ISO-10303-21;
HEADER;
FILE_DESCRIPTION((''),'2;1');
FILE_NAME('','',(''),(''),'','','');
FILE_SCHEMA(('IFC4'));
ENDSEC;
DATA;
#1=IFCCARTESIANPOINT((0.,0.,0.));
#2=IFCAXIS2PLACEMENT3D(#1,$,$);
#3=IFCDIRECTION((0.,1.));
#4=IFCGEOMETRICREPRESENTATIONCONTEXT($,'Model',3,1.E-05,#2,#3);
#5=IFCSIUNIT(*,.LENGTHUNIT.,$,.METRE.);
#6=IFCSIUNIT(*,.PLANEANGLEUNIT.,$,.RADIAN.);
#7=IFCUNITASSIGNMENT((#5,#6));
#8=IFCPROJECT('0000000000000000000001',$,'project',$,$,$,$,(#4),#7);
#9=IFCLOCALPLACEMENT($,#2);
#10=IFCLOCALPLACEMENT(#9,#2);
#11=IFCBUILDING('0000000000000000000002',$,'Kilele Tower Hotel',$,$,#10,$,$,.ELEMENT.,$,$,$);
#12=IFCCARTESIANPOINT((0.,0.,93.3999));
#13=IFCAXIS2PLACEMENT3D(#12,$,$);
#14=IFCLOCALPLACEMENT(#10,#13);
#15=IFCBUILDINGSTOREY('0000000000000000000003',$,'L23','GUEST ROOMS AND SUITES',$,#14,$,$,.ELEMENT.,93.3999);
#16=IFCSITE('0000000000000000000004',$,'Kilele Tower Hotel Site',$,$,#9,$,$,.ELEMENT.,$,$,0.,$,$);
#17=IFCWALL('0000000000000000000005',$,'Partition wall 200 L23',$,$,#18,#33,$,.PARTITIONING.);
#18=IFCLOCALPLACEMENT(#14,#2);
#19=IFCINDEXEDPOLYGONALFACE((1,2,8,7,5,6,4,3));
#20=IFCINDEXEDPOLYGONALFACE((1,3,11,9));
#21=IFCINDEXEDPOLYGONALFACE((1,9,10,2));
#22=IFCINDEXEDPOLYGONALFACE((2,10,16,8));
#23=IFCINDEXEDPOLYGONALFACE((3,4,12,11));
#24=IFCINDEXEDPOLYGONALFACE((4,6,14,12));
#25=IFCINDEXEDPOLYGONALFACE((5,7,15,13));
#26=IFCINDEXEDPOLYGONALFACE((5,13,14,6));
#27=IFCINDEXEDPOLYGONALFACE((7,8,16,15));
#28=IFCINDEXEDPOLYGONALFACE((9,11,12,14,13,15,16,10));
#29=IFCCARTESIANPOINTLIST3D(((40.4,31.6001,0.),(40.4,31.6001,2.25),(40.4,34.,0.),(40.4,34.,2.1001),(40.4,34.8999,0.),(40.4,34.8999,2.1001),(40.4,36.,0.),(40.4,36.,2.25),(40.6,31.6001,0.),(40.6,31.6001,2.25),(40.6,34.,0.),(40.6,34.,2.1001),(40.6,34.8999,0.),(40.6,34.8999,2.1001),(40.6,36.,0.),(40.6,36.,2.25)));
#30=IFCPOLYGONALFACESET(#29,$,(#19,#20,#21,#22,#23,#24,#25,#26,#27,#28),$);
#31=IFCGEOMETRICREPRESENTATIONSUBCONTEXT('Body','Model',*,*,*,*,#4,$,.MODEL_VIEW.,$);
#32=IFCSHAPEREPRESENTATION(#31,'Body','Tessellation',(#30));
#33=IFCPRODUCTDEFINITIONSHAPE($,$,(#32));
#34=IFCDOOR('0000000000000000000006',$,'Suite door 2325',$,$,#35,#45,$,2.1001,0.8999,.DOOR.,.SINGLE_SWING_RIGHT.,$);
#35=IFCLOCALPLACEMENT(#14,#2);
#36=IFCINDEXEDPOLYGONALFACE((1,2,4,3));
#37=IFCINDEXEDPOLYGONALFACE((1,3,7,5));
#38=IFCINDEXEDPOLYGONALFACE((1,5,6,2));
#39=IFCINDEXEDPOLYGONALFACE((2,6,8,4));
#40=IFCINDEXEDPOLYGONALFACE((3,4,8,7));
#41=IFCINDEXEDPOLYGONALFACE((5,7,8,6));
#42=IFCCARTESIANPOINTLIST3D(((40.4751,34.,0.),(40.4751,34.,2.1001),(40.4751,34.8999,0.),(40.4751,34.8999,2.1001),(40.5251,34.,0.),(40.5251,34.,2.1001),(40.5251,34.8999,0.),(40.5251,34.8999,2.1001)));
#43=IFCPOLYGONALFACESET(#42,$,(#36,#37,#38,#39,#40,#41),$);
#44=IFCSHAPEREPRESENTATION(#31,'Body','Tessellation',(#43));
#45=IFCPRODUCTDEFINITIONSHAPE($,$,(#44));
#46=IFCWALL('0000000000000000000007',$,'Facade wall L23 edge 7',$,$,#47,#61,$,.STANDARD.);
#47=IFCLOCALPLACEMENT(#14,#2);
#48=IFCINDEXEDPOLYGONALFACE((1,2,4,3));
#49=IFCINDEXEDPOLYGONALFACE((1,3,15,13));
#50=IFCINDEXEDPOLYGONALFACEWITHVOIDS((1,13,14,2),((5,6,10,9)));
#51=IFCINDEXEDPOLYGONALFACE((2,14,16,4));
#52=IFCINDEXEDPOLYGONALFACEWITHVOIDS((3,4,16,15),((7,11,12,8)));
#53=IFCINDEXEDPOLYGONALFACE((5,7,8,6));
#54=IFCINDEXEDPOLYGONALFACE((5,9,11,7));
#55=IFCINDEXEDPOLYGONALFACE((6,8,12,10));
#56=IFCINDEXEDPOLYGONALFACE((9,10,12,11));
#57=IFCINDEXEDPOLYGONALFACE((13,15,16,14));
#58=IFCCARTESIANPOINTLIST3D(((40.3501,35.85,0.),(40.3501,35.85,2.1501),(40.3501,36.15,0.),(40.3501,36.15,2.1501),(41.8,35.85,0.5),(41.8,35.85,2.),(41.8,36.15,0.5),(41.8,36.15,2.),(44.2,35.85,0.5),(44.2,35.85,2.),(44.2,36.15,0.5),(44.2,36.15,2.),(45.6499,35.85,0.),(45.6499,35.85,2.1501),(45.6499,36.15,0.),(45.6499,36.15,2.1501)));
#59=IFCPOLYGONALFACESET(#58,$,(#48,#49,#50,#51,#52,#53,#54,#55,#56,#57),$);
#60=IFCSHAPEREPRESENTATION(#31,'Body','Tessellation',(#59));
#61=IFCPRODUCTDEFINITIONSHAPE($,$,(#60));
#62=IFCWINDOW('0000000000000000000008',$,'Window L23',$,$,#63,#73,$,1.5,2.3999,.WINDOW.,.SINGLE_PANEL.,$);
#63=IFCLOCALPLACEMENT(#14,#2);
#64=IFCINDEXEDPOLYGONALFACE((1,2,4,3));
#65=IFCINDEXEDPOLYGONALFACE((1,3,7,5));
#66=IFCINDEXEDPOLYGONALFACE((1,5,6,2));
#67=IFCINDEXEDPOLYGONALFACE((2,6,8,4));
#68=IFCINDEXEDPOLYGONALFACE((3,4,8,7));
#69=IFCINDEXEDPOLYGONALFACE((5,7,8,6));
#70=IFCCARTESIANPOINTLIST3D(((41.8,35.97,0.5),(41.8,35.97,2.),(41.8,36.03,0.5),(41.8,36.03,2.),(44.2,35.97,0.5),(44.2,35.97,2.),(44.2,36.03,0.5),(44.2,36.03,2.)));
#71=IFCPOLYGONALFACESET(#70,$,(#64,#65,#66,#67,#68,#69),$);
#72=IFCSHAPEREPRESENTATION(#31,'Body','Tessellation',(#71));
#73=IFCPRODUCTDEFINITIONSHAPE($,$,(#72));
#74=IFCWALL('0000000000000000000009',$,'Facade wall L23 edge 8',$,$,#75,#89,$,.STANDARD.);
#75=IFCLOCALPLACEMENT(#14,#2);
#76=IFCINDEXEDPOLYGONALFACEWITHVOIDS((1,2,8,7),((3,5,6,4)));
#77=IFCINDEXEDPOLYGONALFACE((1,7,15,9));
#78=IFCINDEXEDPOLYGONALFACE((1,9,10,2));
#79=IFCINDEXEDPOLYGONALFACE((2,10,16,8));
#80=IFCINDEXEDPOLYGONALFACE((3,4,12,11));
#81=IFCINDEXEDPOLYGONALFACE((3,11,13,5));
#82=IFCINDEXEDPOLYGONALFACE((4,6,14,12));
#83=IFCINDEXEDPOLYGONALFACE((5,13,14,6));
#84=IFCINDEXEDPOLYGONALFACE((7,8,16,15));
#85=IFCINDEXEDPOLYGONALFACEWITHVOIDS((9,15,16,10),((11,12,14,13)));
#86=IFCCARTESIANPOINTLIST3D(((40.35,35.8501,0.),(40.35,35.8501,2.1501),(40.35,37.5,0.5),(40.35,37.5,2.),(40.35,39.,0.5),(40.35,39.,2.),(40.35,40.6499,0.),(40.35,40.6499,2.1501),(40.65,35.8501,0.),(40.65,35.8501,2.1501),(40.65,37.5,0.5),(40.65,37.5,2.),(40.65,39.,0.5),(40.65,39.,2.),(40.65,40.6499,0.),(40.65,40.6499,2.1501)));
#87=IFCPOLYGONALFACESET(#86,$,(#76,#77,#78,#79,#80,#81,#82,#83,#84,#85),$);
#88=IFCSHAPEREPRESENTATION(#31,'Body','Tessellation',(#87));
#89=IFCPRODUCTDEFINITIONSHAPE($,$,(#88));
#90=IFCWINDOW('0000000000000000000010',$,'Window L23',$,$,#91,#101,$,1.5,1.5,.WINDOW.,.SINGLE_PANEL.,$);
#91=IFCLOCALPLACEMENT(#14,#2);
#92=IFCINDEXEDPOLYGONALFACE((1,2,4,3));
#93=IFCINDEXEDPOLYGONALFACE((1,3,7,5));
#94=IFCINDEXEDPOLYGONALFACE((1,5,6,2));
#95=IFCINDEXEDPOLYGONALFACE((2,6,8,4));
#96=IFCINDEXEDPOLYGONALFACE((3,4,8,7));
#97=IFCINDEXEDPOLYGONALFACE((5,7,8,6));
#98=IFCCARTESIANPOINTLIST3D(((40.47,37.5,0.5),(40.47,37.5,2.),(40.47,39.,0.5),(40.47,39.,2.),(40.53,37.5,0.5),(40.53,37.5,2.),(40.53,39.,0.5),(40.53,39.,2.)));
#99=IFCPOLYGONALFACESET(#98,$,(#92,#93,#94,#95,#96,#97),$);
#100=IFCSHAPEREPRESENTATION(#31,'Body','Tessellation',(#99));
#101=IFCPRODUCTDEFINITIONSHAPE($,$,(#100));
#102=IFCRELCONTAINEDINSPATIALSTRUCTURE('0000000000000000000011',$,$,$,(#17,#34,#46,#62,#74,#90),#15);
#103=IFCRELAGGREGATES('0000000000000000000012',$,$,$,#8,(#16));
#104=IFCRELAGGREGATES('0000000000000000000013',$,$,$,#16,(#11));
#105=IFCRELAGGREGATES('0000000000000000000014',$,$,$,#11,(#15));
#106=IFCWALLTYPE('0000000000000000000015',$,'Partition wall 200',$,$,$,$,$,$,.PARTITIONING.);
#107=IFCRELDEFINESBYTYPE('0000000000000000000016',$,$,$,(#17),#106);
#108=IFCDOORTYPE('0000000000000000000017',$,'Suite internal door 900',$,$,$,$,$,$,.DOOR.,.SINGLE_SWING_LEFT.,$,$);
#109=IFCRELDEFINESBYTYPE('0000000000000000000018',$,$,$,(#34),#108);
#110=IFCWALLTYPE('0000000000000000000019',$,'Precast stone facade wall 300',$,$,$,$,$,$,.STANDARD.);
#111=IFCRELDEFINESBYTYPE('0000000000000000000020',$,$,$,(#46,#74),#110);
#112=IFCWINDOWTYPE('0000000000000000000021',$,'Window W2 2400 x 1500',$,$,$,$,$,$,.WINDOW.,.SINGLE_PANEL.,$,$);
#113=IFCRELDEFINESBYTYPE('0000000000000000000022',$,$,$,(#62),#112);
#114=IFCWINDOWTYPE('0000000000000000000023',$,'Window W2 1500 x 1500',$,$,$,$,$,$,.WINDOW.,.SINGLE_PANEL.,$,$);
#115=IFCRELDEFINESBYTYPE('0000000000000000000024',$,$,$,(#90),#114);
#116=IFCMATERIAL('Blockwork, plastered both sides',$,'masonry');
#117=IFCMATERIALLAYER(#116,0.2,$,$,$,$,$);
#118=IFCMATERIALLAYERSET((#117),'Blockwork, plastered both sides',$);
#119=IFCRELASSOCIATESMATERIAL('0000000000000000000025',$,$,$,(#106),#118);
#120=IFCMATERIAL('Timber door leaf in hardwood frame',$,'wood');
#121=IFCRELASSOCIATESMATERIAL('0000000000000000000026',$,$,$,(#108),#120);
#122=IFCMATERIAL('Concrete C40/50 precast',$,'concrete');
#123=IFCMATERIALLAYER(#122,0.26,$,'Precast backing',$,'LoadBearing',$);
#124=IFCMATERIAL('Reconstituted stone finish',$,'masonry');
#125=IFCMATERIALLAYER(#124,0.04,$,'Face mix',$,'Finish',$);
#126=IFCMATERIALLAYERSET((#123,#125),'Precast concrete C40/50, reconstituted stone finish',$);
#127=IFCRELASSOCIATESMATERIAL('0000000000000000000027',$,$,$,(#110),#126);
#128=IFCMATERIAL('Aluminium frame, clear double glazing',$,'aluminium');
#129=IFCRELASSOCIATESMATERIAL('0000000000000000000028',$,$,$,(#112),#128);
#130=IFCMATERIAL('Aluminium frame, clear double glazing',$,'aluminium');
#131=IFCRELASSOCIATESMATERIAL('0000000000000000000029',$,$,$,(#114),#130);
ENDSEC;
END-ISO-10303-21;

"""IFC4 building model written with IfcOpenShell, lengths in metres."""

from ifc_helpers import new_model, si_unit, direction, frame, frame_2d, origin, place, context, subcontext, project, spatial, rectangle, extrude, material, layer, layer_set, type_object, element, fill, save


model = new_model("IFC4")

# Units and contexts
model_context = context("Model", 3, precision=1e-05, world=origin(), true_north=direction((0.0, 1.0)))
body_context = subcontext(model_context, "Body", "Model", "MODEL_VIEW")
ifc_project = project(units=[si_unit("LENGTHUNIT", "METRE"), si_unit("PLANEANGLEUNIT", "RADIAN")], contexts=[model_context])

# Site, building, storey
site_placement = place(None, origin())
site = spatial("IfcSite", under=ifc_project, at=site_placement, Name="Kilele Tower Hotel Site", CompositionType="ELEMENT", RefElevation=0.0)
building_placement = place(site_placement, origin())
building = spatial("IfcBuilding", under=site, at=building_placement, Name="Kilele Tower Hotel", CompositionType="ELEMENT")
storey_placement = place(building_placement, frame((0.0, 0.0, 93.3999)))
storey = spatial("IfcBuildingStorey", under=building, at=storey_placement, Name="L23", Description="GUEST ROOMS AND SUITES", CompositionType="ELEMENT", Elevation=93.3999)

# Wall, opening, door
ifc_material_1 = material(Name="Blockwork, plastered both sides", Category="masonry")
ifc_layer_1 = layer(ifc_material_1, 0.2)
ifc_layer_set_1 = layer_set([ifc_layer_1], Name="Blockwork, plastered both sides")
wall_type_1 = type_object("IfcWallType", Name="Partition wall 200", PredefinedType="PARTITIONING", material=ifc_layer_set_1)
wall_1_placement = place(storey_placement, frame((40.5, 31.6001, 0.0), z_axis=(0.0, 0.0, 1.0), x_axis=(0.0, 1.0, 0.0)))
wall_1 = element("IfcWall", 1, at=wall_1_placement, inside=storey, type_object=wall_type_1, Name="Partition wall 200 L23", PredefinedType="PARTITIONING", context=body_context, shape_type="SweptSolid", body=[
    extrude(rectangle(XDim=4.3999, YDim=0.2, at=frame_2d((2.2, 0.0))), origin(), (0.0, 0.0, 1.0), 2.25),
])
opening_1_placement = place(wall_1_placement, frame((2.3999, 0.0, 0.0)))
opening_1 = element("IfcOpeningElement", 2, at=opening_1_placement, cuts=wall_1, PredefinedType="OPENING", context=body_context, shape_type="SweptSolid", body=[
    extrude(rectangle(XDim=0.8999, YDim=2.1001, at=frame_2d((0.45, 1.05))), frame((0.0, 0.1099, 0.0), z_axis=(0.0, -1.0, 0.0), x_axis=(1.0, 0.0, 0.0)), (0.0, 0.0, 1.0), 0.22),
])
ifc_material_2 = material(Name="Timber door leaf in hardwood frame", Category="wood")
door_type_1 = type_object("IfcDoorType", Name="Suite internal door 900", OperationType="SINGLE_SWING_LEFT", PredefinedType="DOOR", material=ifc_material_2)
door_1_placement = place(opening_1_placement, origin())
door_1 = element("IfcDoor", 3, at=door_1_placement, inside=storey, type_object=door_type_1, Name="Suite door 2325", OperationType="SINGLE_SWING_RIGHT", OverallHeight=2.1001, OverallWidth=0.8999, PredefinedType="DOOR", context=body_context, shape_type="SweptSolid", body=[
    extrude(rectangle(XDim=0.8999, YDim=2.1001, at=frame_2d((0.45, 1.05))), frame((0.0, 0.0249, 0.0), z_axis=(0.0, -1.0, 0.0), x_axis=(1.0, 0.0, 0.0)), (0.0, 0.0, 1.0), 0.05),
])
fill(opening_1, door_1)

# Walls, openings, windows
ifc_material_3 = material(Name="Concrete C40/50 precast", Category="concrete")
ifc_layer_2 = layer(ifc_material_3, 0.26, Name="Precast backing", Category="LoadBearing")
ifc_material_4 = material(Name="Reconstituted stone finish", Category="masonry")
ifc_layer_3 = layer(ifc_material_4, 0.04, Name="Face mix", Category="Finish")
ifc_layer_set_2 = layer_set([ifc_layer_2, ifc_layer_3], Name="Precast concrete C40/50, reconstituted stone finish")
wall_type_2 = type_object("IfcWallType", Name="Precast stone facade wall 300", PredefinedType="STANDARD", material=ifc_layer_set_2)
wall_2_placement = place(storey_placement, frame((45.6499, 36.0, 0.0), z_axis=(0.0, 0.0, 1.0), x_axis=(-1.0, 0.0, 0.0)))
wall_2 = element("IfcWall", 4, at=wall_2_placement, inside=storey, type_object=wall_type_2, Name="Facade wall L23 edge 7", PredefinedType="STANDARD", context=body_context, shape_type="SweptSolid", body=[
    extrude(rectangle(XDim=5.2998, YDim=0.3, at=frame_2d((2.6499, 0.0))), origin(), (0.0, 0.0, 1.0), 2.1501),
])
opening_2_placement = place(wall_2_placement, frame((1.45, 0.0, 0.5)))
opening_2 = element("IfcOpeningElement", 5, at=opening_2_placement, cuts=wall_2, PredefinedType="OPENING", context=body_context, shape_type="SweptSolid", body=[
    extrude(rectangle(XDim=2.3999, YDim=1.5, at=frame_2d((1.2, 0.75))), frame((0.0, 0.1599, 0.0), z_axis=(0.0, -1.0, 0.0), x_axis=(1.0, 0.0, 0.0)), (0.0, 0.0, 1.0), 0.3201),
])
ifc_material_5 = material(Name="Aluminium frame, clear double glazing", Category="aluminium")
window_type_1 = type_object("IfcWindowType", Name="Window W2 2400 x 1500", PartitioningType="SINGLE_PANEL", PredefinedType="WINDOW", material=ifc_material_5)
window_1_placement = place(opening_2_placement, origin())
window_1 = element("IfcWindow", 6, at=window_1_placement, inside=storey, type_object=window_type_1, Name="Window L23", OverallHeight=1.5, OverallWidth=2.3999, PartitioningType="SINGLE_PANEL", PredefinedType="WINDOW", context=body_context, shape_type="SweptSolid", body=[
    extrude(rectangle(XDim=2.3999, YDim=1.5, at=frame_2d((1.2, 0.75))), frame((0.0, 0.03, 0.0), z_axis=(0.0, -1.0, 0.0), x_axis=(1.0, 0.0, 0.0)), (0.0, 0.0, 1.0), 0.0601),
])
fill(opening_2, window_1)
wall_3_placement = place(storey_placement, frame((40.5, 35.8501, 0.0), z_axis=(0.0, 0.0, 1.0), x_axis=(0.0, 1.0, 0.0)))
wall_3 = element("IfcWall", 7, at=wall_3_placement, inside=storey, type_object=wall_type_2, Name="Facade wall L23 edge 8", PredefinedType="STANDARD", context=body_context, shape_type="SweptSolid", body=[
    extrude(rectangle(XDim=4.7998, YDim=0.3, at=frame_2d((2.3999, 0.0))), origin(), (0.0, 0.0, 1.0), 2.1501),
])
opening_3_placement = place(wall_3_placement, frame((1.6499, 0.0, 0.5)))
opening_3 = element("IfcOpeningElement", 8, at=opening_3_placement, cuts=wall_3, PredefinedType="OPENING", context=body_context, shape_type="SweptSolid", body=[
    extrude(rectangle(XDim=1.5, YDim=1.5, at=frame_2d((0.75, 0.75))), frame((0.0, 0.1599, 0.0), z_axis=(0.0, -1.0, 0.0), x_axis=(1.0, 0.0, 0.0)), (0.0, 0.0, 1.0), 0.3201),
])
ifc_material_6 = material(Name="Aluminium frame, clear double glazing", Category="aluminium")
window_type_2 = type_object("IfcWindowType", Name="Window W2 1500 x 1500", PartitioningType="SINGLE_PANEL", PredefinedType="WINDOW", material=ifc_material_6)
window_2_placement = place(opening_3_placement, origin())
window_2 = element("IfcWindow", 9, at=window_2_placement, inside=storey, type_object=window_type_2, Name="Window L23", OverallHeight=1.5, OverallWidth=1.5, PartitioningType="SINGLE_PANEL", PredefinedType="WINDOW", context=body_context, shape_type="SweptSolid", body=[
    extrude(rectangle(XDim=1.5, YDim=1.5, at=frame_2d((0.75, 0.75))), frame((0.0, 0.03, 0.0), z_axis=(0.0, -1.0, 0.0), x_axis=(1.0, 0.0, 0.0)), (0.0, 0.0, 1.0), 0.0601),
])
fill(opening_3, window_2)

save(model, "model.ifc")
